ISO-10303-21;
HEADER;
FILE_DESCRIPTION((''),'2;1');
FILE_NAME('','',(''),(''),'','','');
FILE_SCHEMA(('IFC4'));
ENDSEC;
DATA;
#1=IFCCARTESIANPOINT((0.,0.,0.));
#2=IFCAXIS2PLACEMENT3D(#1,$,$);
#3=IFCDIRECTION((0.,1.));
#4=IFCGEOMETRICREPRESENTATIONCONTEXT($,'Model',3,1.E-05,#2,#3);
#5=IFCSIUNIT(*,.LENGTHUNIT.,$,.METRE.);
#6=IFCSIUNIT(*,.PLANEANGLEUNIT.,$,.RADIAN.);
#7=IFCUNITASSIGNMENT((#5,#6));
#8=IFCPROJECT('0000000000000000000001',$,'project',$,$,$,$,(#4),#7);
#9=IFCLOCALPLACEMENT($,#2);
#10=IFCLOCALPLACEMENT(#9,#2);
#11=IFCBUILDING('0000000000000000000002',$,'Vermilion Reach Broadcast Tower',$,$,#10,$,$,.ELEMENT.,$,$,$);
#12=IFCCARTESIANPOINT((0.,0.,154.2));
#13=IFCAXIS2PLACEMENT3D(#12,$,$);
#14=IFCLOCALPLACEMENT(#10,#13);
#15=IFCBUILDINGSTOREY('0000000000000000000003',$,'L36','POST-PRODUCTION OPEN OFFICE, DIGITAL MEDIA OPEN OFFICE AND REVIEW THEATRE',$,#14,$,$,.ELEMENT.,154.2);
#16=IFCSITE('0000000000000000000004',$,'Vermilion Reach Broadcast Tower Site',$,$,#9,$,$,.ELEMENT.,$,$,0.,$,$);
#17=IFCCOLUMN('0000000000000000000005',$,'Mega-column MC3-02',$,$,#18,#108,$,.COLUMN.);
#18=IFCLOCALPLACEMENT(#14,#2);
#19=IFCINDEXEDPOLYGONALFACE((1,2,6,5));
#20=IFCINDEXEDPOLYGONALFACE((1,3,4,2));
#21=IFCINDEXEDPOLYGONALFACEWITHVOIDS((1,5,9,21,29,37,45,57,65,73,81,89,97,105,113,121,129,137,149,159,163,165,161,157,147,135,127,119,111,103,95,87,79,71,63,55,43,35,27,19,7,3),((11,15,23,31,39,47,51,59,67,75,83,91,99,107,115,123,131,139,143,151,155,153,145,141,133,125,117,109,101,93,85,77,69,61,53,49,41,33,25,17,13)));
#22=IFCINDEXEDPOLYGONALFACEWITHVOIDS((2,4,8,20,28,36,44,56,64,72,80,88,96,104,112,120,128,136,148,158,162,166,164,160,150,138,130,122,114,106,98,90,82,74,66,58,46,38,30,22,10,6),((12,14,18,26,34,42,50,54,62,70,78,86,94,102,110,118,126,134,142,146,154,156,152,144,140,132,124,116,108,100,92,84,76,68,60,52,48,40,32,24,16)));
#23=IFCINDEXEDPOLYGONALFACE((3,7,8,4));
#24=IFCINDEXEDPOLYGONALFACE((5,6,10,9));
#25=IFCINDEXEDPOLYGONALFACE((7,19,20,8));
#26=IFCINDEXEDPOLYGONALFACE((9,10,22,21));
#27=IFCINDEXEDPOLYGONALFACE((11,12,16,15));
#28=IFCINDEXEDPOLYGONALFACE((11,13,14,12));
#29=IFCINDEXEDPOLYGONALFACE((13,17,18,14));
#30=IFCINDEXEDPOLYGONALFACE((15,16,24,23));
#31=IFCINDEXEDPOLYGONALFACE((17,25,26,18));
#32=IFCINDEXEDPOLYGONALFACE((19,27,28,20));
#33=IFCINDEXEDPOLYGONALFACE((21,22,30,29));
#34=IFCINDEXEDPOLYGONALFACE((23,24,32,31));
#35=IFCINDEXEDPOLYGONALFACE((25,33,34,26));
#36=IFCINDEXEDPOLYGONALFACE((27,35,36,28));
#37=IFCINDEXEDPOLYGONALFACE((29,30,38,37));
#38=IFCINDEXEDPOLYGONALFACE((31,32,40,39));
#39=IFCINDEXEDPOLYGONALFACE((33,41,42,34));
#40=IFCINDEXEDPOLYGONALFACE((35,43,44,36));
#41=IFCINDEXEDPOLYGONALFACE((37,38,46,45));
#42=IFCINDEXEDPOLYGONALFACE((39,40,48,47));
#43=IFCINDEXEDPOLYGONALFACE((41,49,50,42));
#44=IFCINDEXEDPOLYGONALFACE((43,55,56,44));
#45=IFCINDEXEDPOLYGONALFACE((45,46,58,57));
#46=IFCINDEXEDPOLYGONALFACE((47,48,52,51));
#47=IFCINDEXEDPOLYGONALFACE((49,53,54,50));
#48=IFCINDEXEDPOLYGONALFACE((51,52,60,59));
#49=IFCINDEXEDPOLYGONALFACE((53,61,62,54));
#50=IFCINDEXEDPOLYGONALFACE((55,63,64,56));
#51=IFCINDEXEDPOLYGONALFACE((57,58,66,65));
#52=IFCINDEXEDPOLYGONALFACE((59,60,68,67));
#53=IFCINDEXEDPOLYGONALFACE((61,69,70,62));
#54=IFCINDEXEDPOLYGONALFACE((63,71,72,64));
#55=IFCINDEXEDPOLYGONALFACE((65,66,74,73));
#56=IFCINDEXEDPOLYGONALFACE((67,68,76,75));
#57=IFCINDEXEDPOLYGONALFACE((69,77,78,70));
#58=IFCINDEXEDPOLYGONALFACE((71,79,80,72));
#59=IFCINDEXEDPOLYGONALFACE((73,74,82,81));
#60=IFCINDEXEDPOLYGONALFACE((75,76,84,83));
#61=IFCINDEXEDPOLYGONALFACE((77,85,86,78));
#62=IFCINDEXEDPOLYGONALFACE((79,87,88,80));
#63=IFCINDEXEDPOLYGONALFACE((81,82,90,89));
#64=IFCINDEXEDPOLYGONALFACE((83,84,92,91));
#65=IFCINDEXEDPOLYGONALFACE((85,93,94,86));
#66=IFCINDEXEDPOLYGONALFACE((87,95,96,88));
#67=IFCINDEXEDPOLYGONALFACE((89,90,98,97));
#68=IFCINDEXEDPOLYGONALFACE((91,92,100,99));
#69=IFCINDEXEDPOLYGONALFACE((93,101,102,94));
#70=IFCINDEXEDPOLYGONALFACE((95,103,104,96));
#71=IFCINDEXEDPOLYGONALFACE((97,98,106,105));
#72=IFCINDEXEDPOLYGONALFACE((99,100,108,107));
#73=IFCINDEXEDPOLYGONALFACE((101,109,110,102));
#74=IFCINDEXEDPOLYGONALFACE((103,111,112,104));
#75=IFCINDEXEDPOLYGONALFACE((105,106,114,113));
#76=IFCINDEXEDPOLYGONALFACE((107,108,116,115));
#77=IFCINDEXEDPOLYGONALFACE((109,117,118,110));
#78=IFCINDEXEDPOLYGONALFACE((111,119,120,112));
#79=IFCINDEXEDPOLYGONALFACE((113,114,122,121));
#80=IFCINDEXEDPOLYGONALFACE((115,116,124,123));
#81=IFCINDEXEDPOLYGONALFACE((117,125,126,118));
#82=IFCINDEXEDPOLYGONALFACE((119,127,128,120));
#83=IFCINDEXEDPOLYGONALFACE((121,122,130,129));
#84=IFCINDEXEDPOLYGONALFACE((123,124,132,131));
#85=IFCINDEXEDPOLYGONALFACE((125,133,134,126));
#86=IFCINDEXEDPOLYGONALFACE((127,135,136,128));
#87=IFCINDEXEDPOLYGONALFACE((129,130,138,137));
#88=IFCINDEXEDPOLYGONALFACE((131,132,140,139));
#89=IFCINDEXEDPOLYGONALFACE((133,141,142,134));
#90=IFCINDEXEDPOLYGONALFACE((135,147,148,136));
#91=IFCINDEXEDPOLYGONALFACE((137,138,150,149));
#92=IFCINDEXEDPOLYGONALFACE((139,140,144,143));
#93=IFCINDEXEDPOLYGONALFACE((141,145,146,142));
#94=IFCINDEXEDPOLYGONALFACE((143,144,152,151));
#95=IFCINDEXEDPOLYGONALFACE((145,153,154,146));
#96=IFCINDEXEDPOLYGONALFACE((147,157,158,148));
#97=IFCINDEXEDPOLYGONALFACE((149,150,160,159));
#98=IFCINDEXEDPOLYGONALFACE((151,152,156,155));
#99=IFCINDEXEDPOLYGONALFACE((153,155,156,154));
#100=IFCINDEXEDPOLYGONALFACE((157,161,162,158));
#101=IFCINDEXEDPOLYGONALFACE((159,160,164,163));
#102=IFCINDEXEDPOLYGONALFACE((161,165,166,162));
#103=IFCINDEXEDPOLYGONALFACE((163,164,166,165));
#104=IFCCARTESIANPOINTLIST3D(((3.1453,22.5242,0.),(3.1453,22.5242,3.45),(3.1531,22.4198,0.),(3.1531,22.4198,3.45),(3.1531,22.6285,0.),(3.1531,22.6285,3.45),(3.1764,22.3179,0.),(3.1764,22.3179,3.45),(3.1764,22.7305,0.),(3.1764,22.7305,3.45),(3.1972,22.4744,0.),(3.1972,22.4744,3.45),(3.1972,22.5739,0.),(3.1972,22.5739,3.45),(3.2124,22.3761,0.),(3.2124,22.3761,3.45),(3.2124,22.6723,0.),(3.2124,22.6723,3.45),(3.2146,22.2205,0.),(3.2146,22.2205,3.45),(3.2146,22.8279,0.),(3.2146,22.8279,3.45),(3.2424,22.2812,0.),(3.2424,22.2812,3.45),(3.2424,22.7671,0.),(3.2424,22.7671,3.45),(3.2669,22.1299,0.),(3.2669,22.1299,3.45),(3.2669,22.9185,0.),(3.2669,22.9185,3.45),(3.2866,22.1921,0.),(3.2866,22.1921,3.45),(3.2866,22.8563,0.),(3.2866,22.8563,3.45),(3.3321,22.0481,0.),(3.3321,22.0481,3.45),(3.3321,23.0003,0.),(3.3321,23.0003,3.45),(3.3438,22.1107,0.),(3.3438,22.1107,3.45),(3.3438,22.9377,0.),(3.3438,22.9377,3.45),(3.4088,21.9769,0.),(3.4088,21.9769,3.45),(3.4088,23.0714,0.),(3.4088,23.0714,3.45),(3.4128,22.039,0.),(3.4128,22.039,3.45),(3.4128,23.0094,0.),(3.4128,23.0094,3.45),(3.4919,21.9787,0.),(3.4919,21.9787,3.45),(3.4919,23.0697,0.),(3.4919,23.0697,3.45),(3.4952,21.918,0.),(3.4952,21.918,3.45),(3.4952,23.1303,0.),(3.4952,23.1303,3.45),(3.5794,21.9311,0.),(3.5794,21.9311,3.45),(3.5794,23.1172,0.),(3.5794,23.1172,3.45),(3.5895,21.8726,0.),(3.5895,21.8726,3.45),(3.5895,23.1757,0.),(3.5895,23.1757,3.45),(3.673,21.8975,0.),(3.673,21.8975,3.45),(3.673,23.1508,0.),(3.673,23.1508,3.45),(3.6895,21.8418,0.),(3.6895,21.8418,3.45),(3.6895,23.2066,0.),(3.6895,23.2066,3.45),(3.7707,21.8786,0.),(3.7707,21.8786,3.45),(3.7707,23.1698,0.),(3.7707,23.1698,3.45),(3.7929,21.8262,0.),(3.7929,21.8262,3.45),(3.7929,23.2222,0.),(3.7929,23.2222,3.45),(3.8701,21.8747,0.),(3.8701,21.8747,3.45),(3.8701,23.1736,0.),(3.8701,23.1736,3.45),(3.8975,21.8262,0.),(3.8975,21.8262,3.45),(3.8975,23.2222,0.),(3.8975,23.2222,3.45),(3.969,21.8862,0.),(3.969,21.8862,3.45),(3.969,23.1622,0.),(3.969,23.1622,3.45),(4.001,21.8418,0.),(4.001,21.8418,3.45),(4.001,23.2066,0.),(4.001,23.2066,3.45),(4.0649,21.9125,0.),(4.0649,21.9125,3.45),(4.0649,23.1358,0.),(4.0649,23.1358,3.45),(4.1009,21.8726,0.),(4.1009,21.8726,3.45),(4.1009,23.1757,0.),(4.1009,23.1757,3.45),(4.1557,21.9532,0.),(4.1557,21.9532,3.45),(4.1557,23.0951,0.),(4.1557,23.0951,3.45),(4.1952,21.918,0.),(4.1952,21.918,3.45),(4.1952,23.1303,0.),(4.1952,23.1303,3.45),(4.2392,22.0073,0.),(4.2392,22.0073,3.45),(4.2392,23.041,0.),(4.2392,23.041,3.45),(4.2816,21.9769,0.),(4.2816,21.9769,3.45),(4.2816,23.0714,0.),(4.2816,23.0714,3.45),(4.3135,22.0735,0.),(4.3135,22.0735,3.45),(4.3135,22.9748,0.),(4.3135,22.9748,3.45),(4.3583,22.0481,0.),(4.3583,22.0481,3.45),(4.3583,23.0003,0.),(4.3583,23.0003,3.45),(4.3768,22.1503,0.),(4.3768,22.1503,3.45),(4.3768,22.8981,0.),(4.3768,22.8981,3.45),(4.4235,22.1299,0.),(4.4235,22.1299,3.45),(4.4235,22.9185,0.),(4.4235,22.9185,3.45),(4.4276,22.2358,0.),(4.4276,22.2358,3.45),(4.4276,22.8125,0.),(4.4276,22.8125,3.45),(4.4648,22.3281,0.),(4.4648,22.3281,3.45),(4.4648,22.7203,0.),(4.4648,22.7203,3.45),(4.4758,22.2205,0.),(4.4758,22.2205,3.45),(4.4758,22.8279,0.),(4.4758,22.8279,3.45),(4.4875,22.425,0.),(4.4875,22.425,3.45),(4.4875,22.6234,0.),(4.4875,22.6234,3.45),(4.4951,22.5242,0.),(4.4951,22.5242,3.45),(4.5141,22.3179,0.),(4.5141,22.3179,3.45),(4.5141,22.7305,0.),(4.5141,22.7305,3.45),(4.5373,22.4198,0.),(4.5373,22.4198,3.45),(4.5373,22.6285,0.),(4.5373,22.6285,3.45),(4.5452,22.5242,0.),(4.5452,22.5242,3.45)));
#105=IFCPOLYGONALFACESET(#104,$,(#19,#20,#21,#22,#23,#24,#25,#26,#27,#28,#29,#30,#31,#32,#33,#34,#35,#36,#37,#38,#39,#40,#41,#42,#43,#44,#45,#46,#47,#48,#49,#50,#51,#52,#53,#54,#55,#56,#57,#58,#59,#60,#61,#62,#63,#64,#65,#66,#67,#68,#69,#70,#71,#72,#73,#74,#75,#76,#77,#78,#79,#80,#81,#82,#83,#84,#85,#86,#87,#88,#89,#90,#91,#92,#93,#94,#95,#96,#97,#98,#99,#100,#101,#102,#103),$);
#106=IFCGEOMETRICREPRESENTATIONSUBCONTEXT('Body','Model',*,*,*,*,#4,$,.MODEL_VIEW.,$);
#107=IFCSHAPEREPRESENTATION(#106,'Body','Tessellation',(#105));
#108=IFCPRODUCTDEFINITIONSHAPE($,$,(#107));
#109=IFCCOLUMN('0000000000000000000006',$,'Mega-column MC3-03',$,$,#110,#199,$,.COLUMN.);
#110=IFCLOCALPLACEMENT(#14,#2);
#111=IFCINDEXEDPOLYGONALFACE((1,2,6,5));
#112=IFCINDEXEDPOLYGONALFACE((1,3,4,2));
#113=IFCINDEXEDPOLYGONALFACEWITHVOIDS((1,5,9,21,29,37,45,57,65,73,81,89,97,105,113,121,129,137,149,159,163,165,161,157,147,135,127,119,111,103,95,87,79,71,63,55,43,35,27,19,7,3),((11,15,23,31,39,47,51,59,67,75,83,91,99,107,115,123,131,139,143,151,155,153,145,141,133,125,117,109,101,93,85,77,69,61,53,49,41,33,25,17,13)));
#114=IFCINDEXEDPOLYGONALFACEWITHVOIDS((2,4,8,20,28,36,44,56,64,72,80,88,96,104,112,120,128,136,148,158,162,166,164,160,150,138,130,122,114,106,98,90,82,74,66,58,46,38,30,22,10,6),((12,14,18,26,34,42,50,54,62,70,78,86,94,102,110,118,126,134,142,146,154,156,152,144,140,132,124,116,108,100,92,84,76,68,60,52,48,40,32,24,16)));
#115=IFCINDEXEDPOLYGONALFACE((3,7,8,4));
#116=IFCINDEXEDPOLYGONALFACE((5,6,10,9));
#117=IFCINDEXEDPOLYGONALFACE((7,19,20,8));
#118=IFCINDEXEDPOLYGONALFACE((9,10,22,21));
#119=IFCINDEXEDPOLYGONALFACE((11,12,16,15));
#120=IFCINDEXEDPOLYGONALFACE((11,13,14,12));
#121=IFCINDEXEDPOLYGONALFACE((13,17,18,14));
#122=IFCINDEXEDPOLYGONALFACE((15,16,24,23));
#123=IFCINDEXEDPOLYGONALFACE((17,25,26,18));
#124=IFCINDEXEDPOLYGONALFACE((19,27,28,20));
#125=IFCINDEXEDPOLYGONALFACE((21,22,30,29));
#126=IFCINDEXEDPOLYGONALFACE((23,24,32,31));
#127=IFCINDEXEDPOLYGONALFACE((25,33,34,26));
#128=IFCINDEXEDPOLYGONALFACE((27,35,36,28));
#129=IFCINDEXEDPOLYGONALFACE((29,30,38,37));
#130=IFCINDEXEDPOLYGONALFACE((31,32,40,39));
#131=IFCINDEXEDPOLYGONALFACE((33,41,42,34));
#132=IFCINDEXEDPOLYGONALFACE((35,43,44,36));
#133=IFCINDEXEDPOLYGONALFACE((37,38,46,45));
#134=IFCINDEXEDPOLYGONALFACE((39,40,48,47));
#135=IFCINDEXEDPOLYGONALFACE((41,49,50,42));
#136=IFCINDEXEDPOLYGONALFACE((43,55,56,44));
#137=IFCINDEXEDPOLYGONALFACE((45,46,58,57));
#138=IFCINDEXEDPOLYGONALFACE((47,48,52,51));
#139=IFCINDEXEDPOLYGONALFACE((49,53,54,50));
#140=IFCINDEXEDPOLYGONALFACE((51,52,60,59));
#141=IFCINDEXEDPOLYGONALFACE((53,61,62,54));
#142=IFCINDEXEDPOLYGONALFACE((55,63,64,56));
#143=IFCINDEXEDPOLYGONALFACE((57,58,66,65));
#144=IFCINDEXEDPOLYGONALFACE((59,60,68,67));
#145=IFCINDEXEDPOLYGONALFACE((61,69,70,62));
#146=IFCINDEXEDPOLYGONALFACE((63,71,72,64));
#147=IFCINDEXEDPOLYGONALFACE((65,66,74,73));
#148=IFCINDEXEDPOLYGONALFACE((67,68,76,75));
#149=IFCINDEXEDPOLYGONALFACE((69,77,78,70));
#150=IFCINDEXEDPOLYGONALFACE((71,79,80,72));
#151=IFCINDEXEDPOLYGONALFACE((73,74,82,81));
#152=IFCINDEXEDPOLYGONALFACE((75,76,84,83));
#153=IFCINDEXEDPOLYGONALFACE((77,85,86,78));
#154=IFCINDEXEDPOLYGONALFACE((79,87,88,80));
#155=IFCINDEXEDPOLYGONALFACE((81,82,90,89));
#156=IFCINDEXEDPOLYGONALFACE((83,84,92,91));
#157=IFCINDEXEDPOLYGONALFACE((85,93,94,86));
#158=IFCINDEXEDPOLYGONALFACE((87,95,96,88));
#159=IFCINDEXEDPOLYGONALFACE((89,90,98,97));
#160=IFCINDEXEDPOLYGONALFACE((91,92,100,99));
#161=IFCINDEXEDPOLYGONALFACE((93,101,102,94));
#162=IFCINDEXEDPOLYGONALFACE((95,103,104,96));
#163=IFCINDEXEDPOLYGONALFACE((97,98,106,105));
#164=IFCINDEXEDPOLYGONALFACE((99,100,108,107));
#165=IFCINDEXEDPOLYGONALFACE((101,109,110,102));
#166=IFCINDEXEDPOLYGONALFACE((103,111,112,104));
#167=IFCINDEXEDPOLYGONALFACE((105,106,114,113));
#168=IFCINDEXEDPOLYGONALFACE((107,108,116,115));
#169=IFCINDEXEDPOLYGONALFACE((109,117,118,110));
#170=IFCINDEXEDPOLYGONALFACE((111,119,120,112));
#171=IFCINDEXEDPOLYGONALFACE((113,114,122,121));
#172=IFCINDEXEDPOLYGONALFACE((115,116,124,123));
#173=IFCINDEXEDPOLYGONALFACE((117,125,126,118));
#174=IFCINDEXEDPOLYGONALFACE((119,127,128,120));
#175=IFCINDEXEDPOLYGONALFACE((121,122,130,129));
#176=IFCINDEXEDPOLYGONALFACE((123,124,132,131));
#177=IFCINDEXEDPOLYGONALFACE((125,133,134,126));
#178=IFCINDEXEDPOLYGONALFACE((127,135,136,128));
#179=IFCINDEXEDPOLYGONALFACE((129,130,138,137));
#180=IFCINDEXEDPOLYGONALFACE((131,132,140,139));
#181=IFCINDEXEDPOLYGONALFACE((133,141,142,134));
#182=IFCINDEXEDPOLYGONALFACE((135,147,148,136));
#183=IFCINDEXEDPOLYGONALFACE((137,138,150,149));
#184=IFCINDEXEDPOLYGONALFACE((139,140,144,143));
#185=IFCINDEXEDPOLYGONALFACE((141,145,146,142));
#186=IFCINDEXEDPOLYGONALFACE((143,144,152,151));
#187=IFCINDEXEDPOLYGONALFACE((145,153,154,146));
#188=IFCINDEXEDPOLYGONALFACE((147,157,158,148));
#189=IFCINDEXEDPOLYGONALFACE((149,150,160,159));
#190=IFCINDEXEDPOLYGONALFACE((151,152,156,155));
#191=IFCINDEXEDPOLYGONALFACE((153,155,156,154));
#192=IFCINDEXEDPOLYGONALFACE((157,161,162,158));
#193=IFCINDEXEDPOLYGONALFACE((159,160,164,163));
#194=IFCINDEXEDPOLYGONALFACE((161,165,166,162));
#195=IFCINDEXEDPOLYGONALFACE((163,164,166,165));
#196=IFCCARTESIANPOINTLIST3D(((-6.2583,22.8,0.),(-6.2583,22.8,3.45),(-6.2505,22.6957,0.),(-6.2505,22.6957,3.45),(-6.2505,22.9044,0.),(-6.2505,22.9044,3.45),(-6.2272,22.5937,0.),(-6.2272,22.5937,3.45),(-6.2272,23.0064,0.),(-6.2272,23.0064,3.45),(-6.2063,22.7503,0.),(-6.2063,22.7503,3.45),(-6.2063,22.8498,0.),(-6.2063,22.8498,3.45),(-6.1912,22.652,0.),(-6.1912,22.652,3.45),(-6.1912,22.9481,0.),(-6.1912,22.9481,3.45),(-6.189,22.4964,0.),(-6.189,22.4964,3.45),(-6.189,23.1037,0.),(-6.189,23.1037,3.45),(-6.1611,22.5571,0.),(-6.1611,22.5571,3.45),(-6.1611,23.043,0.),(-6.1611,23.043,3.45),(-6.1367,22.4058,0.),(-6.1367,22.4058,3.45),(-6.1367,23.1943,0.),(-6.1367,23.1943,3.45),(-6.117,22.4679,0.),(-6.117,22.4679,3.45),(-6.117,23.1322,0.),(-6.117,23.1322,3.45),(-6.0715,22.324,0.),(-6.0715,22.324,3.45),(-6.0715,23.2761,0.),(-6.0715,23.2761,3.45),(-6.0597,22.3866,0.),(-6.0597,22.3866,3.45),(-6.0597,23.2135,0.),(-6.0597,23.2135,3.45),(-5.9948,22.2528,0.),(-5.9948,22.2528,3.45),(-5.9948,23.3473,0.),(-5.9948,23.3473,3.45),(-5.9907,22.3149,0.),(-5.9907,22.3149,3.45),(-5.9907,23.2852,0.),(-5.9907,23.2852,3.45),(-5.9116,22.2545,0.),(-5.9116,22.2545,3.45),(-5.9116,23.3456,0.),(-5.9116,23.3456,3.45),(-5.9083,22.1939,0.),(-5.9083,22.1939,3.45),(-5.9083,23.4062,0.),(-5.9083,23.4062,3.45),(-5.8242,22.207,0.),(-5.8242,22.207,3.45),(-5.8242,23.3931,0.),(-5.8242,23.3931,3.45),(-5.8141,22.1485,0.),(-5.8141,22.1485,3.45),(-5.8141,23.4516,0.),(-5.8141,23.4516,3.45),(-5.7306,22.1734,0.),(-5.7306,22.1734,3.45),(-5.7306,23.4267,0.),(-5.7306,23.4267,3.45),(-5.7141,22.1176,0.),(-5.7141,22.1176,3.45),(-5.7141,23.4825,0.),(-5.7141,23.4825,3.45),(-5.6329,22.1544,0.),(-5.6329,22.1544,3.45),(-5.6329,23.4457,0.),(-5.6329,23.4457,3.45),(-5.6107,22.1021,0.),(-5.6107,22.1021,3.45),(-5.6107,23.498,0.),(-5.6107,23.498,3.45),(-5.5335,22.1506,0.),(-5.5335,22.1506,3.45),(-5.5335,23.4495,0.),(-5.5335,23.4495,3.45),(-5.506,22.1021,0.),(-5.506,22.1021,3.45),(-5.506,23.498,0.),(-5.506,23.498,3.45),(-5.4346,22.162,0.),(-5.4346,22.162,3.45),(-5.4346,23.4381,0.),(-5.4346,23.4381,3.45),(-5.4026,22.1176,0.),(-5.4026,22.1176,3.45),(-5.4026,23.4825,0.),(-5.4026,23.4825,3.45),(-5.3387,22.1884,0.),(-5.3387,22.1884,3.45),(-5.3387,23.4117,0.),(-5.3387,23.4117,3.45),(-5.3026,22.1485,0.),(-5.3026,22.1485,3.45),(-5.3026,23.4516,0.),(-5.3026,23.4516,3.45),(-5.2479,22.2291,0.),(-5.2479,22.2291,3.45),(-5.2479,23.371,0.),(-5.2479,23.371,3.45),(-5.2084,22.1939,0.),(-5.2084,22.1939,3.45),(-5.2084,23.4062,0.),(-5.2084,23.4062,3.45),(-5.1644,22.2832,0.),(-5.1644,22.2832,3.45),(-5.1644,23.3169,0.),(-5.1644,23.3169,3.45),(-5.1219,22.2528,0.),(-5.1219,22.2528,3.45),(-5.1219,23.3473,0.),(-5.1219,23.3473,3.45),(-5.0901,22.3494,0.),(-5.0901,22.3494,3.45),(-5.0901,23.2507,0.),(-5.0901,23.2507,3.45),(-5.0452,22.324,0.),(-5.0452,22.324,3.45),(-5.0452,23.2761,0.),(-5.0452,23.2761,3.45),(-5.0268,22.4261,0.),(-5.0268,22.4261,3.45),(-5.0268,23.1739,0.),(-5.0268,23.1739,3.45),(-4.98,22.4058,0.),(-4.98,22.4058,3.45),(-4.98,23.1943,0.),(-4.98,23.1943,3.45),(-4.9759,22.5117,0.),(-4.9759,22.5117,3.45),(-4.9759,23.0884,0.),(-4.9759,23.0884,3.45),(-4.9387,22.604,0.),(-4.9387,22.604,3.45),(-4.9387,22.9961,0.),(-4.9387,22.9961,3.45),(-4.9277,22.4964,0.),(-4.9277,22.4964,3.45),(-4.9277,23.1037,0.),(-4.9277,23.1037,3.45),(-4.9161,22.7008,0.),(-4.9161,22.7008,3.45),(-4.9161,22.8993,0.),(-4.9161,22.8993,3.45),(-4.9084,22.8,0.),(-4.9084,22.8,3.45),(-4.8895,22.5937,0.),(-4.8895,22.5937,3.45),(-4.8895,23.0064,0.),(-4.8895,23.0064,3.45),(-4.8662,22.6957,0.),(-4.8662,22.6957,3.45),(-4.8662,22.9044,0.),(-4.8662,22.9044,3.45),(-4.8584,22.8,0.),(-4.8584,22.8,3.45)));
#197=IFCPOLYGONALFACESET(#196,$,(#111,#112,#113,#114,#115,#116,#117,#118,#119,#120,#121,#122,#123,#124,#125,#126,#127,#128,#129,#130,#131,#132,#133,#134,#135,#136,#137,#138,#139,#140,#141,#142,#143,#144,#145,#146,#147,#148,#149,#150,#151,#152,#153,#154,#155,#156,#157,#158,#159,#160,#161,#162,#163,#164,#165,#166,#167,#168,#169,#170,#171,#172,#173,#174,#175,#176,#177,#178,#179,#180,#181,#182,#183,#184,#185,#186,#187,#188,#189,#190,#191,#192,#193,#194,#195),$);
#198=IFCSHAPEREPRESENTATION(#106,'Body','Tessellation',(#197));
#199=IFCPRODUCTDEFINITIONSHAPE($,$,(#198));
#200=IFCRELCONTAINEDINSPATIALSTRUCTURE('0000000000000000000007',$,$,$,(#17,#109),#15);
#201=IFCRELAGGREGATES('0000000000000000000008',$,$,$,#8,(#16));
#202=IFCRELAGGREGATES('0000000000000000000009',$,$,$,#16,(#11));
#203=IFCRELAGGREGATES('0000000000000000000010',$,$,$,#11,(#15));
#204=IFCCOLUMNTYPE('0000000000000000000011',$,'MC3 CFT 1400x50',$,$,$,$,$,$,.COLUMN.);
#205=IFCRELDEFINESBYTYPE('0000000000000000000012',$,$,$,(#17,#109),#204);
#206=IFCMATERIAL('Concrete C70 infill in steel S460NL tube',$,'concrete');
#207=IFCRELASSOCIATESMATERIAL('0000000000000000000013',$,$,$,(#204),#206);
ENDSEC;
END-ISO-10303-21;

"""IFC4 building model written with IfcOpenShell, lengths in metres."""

from ifc_helpers import new_model, si_unit, direction, frame, origin, origin_2d, place, context, subcontext, project, spatial, hollow_circle, extrude, material, material_profile, profile_set, type_object, element, save


model = new_model("IFC4")

# Units and contexts
model_context = context("Model", 3, precision=1e-05, world=origin(), true_north=direction((0.0, 1.0)))
body_context = subcontext(model_context, "Body", "Model", "MODEL_VIEW")
ifc_project = project(units=[si_unit("LENGTHUNIT", "METRE"), si_unit("PLANEANGLEUNIT", "RADIAN")], contexts=[model_context])

# Site, building, storey
site_placement = place(None, origin())
site = spatial("IfcSite", under=ifc_project, at=site_placement, Name="Vermilion Reach Broadcast Tower Site", CompositionType="ELEMENT", RefElevation=0.0)
building_placement = place(site_placement, origin())
building = spatial("IfcBuilding", under=site, at=building_placement, Name="Vermilion Reach Broadcast Tower", CompositionType="ELEMENT")
storey_placement = place(building_placement, frame((0.0, 0.0, 154.2)))
storey = spatial("IfcBuildingStorey", under=building, at=storey_placement, Name="L36", Description="POST-PRODUCTION OPEN OFFICE, DIGITAL MEDIA OPEN OFFICE AND REVIEW THEATRE", CompositionType="ELEMENT", Elevation=154.2)

# Columns
ifc_material_1 = material(Name="Concrete C70 infill in steel S460NL tube", Category="concrete")
ifc_material_profile_1 = material_profile(ifc_material_1, hollow_circle(Radius=0.7, WallThickness=0.05, at=origin_2d()), Name="Concrete C70 infill in steel S460NL tube CFT 1400x50")
ifc_profile_set_1 = profile_set([ifc_material_profile_1], Name="Concrete C70 infill in steel S460NL tube")
column_type = type_object("IfcColumnType", Name="MC3 CFT 1400x50", PredefinedType="COLUMN", material=ifc_profile_set_1)
for number, where, z_axis, x_axis, name in (
    (1, (3.8452, 22.5242, 0.0), (0.0, 0.0, 1.0), (1.0, 0.0, 0.0), "Mega-column MC3-02"),
    (2, (-5.5583, 22.8, 0.0), (0.0, 0.0, 1.0), (1.0, 0.0, 0.0), "Mega-column MC3-03"),
):
    element("IfcColumn", number, at=place(storey_placement, frame(where, z_axis=z_axis, x_axis=x_axis)), inside=storey, type_object=column_type, Name=name, PredefinedType="COLUMN", context=body_context, shape_type="SweptSolid", body=[
        extrude(hollow_circle(Radius=0.7, WallThickness=0.05, at=origin_2d()), origin(), (0.0, 0.0, 1.0), 3.45),
    ])

save(model, "model.ifc")
